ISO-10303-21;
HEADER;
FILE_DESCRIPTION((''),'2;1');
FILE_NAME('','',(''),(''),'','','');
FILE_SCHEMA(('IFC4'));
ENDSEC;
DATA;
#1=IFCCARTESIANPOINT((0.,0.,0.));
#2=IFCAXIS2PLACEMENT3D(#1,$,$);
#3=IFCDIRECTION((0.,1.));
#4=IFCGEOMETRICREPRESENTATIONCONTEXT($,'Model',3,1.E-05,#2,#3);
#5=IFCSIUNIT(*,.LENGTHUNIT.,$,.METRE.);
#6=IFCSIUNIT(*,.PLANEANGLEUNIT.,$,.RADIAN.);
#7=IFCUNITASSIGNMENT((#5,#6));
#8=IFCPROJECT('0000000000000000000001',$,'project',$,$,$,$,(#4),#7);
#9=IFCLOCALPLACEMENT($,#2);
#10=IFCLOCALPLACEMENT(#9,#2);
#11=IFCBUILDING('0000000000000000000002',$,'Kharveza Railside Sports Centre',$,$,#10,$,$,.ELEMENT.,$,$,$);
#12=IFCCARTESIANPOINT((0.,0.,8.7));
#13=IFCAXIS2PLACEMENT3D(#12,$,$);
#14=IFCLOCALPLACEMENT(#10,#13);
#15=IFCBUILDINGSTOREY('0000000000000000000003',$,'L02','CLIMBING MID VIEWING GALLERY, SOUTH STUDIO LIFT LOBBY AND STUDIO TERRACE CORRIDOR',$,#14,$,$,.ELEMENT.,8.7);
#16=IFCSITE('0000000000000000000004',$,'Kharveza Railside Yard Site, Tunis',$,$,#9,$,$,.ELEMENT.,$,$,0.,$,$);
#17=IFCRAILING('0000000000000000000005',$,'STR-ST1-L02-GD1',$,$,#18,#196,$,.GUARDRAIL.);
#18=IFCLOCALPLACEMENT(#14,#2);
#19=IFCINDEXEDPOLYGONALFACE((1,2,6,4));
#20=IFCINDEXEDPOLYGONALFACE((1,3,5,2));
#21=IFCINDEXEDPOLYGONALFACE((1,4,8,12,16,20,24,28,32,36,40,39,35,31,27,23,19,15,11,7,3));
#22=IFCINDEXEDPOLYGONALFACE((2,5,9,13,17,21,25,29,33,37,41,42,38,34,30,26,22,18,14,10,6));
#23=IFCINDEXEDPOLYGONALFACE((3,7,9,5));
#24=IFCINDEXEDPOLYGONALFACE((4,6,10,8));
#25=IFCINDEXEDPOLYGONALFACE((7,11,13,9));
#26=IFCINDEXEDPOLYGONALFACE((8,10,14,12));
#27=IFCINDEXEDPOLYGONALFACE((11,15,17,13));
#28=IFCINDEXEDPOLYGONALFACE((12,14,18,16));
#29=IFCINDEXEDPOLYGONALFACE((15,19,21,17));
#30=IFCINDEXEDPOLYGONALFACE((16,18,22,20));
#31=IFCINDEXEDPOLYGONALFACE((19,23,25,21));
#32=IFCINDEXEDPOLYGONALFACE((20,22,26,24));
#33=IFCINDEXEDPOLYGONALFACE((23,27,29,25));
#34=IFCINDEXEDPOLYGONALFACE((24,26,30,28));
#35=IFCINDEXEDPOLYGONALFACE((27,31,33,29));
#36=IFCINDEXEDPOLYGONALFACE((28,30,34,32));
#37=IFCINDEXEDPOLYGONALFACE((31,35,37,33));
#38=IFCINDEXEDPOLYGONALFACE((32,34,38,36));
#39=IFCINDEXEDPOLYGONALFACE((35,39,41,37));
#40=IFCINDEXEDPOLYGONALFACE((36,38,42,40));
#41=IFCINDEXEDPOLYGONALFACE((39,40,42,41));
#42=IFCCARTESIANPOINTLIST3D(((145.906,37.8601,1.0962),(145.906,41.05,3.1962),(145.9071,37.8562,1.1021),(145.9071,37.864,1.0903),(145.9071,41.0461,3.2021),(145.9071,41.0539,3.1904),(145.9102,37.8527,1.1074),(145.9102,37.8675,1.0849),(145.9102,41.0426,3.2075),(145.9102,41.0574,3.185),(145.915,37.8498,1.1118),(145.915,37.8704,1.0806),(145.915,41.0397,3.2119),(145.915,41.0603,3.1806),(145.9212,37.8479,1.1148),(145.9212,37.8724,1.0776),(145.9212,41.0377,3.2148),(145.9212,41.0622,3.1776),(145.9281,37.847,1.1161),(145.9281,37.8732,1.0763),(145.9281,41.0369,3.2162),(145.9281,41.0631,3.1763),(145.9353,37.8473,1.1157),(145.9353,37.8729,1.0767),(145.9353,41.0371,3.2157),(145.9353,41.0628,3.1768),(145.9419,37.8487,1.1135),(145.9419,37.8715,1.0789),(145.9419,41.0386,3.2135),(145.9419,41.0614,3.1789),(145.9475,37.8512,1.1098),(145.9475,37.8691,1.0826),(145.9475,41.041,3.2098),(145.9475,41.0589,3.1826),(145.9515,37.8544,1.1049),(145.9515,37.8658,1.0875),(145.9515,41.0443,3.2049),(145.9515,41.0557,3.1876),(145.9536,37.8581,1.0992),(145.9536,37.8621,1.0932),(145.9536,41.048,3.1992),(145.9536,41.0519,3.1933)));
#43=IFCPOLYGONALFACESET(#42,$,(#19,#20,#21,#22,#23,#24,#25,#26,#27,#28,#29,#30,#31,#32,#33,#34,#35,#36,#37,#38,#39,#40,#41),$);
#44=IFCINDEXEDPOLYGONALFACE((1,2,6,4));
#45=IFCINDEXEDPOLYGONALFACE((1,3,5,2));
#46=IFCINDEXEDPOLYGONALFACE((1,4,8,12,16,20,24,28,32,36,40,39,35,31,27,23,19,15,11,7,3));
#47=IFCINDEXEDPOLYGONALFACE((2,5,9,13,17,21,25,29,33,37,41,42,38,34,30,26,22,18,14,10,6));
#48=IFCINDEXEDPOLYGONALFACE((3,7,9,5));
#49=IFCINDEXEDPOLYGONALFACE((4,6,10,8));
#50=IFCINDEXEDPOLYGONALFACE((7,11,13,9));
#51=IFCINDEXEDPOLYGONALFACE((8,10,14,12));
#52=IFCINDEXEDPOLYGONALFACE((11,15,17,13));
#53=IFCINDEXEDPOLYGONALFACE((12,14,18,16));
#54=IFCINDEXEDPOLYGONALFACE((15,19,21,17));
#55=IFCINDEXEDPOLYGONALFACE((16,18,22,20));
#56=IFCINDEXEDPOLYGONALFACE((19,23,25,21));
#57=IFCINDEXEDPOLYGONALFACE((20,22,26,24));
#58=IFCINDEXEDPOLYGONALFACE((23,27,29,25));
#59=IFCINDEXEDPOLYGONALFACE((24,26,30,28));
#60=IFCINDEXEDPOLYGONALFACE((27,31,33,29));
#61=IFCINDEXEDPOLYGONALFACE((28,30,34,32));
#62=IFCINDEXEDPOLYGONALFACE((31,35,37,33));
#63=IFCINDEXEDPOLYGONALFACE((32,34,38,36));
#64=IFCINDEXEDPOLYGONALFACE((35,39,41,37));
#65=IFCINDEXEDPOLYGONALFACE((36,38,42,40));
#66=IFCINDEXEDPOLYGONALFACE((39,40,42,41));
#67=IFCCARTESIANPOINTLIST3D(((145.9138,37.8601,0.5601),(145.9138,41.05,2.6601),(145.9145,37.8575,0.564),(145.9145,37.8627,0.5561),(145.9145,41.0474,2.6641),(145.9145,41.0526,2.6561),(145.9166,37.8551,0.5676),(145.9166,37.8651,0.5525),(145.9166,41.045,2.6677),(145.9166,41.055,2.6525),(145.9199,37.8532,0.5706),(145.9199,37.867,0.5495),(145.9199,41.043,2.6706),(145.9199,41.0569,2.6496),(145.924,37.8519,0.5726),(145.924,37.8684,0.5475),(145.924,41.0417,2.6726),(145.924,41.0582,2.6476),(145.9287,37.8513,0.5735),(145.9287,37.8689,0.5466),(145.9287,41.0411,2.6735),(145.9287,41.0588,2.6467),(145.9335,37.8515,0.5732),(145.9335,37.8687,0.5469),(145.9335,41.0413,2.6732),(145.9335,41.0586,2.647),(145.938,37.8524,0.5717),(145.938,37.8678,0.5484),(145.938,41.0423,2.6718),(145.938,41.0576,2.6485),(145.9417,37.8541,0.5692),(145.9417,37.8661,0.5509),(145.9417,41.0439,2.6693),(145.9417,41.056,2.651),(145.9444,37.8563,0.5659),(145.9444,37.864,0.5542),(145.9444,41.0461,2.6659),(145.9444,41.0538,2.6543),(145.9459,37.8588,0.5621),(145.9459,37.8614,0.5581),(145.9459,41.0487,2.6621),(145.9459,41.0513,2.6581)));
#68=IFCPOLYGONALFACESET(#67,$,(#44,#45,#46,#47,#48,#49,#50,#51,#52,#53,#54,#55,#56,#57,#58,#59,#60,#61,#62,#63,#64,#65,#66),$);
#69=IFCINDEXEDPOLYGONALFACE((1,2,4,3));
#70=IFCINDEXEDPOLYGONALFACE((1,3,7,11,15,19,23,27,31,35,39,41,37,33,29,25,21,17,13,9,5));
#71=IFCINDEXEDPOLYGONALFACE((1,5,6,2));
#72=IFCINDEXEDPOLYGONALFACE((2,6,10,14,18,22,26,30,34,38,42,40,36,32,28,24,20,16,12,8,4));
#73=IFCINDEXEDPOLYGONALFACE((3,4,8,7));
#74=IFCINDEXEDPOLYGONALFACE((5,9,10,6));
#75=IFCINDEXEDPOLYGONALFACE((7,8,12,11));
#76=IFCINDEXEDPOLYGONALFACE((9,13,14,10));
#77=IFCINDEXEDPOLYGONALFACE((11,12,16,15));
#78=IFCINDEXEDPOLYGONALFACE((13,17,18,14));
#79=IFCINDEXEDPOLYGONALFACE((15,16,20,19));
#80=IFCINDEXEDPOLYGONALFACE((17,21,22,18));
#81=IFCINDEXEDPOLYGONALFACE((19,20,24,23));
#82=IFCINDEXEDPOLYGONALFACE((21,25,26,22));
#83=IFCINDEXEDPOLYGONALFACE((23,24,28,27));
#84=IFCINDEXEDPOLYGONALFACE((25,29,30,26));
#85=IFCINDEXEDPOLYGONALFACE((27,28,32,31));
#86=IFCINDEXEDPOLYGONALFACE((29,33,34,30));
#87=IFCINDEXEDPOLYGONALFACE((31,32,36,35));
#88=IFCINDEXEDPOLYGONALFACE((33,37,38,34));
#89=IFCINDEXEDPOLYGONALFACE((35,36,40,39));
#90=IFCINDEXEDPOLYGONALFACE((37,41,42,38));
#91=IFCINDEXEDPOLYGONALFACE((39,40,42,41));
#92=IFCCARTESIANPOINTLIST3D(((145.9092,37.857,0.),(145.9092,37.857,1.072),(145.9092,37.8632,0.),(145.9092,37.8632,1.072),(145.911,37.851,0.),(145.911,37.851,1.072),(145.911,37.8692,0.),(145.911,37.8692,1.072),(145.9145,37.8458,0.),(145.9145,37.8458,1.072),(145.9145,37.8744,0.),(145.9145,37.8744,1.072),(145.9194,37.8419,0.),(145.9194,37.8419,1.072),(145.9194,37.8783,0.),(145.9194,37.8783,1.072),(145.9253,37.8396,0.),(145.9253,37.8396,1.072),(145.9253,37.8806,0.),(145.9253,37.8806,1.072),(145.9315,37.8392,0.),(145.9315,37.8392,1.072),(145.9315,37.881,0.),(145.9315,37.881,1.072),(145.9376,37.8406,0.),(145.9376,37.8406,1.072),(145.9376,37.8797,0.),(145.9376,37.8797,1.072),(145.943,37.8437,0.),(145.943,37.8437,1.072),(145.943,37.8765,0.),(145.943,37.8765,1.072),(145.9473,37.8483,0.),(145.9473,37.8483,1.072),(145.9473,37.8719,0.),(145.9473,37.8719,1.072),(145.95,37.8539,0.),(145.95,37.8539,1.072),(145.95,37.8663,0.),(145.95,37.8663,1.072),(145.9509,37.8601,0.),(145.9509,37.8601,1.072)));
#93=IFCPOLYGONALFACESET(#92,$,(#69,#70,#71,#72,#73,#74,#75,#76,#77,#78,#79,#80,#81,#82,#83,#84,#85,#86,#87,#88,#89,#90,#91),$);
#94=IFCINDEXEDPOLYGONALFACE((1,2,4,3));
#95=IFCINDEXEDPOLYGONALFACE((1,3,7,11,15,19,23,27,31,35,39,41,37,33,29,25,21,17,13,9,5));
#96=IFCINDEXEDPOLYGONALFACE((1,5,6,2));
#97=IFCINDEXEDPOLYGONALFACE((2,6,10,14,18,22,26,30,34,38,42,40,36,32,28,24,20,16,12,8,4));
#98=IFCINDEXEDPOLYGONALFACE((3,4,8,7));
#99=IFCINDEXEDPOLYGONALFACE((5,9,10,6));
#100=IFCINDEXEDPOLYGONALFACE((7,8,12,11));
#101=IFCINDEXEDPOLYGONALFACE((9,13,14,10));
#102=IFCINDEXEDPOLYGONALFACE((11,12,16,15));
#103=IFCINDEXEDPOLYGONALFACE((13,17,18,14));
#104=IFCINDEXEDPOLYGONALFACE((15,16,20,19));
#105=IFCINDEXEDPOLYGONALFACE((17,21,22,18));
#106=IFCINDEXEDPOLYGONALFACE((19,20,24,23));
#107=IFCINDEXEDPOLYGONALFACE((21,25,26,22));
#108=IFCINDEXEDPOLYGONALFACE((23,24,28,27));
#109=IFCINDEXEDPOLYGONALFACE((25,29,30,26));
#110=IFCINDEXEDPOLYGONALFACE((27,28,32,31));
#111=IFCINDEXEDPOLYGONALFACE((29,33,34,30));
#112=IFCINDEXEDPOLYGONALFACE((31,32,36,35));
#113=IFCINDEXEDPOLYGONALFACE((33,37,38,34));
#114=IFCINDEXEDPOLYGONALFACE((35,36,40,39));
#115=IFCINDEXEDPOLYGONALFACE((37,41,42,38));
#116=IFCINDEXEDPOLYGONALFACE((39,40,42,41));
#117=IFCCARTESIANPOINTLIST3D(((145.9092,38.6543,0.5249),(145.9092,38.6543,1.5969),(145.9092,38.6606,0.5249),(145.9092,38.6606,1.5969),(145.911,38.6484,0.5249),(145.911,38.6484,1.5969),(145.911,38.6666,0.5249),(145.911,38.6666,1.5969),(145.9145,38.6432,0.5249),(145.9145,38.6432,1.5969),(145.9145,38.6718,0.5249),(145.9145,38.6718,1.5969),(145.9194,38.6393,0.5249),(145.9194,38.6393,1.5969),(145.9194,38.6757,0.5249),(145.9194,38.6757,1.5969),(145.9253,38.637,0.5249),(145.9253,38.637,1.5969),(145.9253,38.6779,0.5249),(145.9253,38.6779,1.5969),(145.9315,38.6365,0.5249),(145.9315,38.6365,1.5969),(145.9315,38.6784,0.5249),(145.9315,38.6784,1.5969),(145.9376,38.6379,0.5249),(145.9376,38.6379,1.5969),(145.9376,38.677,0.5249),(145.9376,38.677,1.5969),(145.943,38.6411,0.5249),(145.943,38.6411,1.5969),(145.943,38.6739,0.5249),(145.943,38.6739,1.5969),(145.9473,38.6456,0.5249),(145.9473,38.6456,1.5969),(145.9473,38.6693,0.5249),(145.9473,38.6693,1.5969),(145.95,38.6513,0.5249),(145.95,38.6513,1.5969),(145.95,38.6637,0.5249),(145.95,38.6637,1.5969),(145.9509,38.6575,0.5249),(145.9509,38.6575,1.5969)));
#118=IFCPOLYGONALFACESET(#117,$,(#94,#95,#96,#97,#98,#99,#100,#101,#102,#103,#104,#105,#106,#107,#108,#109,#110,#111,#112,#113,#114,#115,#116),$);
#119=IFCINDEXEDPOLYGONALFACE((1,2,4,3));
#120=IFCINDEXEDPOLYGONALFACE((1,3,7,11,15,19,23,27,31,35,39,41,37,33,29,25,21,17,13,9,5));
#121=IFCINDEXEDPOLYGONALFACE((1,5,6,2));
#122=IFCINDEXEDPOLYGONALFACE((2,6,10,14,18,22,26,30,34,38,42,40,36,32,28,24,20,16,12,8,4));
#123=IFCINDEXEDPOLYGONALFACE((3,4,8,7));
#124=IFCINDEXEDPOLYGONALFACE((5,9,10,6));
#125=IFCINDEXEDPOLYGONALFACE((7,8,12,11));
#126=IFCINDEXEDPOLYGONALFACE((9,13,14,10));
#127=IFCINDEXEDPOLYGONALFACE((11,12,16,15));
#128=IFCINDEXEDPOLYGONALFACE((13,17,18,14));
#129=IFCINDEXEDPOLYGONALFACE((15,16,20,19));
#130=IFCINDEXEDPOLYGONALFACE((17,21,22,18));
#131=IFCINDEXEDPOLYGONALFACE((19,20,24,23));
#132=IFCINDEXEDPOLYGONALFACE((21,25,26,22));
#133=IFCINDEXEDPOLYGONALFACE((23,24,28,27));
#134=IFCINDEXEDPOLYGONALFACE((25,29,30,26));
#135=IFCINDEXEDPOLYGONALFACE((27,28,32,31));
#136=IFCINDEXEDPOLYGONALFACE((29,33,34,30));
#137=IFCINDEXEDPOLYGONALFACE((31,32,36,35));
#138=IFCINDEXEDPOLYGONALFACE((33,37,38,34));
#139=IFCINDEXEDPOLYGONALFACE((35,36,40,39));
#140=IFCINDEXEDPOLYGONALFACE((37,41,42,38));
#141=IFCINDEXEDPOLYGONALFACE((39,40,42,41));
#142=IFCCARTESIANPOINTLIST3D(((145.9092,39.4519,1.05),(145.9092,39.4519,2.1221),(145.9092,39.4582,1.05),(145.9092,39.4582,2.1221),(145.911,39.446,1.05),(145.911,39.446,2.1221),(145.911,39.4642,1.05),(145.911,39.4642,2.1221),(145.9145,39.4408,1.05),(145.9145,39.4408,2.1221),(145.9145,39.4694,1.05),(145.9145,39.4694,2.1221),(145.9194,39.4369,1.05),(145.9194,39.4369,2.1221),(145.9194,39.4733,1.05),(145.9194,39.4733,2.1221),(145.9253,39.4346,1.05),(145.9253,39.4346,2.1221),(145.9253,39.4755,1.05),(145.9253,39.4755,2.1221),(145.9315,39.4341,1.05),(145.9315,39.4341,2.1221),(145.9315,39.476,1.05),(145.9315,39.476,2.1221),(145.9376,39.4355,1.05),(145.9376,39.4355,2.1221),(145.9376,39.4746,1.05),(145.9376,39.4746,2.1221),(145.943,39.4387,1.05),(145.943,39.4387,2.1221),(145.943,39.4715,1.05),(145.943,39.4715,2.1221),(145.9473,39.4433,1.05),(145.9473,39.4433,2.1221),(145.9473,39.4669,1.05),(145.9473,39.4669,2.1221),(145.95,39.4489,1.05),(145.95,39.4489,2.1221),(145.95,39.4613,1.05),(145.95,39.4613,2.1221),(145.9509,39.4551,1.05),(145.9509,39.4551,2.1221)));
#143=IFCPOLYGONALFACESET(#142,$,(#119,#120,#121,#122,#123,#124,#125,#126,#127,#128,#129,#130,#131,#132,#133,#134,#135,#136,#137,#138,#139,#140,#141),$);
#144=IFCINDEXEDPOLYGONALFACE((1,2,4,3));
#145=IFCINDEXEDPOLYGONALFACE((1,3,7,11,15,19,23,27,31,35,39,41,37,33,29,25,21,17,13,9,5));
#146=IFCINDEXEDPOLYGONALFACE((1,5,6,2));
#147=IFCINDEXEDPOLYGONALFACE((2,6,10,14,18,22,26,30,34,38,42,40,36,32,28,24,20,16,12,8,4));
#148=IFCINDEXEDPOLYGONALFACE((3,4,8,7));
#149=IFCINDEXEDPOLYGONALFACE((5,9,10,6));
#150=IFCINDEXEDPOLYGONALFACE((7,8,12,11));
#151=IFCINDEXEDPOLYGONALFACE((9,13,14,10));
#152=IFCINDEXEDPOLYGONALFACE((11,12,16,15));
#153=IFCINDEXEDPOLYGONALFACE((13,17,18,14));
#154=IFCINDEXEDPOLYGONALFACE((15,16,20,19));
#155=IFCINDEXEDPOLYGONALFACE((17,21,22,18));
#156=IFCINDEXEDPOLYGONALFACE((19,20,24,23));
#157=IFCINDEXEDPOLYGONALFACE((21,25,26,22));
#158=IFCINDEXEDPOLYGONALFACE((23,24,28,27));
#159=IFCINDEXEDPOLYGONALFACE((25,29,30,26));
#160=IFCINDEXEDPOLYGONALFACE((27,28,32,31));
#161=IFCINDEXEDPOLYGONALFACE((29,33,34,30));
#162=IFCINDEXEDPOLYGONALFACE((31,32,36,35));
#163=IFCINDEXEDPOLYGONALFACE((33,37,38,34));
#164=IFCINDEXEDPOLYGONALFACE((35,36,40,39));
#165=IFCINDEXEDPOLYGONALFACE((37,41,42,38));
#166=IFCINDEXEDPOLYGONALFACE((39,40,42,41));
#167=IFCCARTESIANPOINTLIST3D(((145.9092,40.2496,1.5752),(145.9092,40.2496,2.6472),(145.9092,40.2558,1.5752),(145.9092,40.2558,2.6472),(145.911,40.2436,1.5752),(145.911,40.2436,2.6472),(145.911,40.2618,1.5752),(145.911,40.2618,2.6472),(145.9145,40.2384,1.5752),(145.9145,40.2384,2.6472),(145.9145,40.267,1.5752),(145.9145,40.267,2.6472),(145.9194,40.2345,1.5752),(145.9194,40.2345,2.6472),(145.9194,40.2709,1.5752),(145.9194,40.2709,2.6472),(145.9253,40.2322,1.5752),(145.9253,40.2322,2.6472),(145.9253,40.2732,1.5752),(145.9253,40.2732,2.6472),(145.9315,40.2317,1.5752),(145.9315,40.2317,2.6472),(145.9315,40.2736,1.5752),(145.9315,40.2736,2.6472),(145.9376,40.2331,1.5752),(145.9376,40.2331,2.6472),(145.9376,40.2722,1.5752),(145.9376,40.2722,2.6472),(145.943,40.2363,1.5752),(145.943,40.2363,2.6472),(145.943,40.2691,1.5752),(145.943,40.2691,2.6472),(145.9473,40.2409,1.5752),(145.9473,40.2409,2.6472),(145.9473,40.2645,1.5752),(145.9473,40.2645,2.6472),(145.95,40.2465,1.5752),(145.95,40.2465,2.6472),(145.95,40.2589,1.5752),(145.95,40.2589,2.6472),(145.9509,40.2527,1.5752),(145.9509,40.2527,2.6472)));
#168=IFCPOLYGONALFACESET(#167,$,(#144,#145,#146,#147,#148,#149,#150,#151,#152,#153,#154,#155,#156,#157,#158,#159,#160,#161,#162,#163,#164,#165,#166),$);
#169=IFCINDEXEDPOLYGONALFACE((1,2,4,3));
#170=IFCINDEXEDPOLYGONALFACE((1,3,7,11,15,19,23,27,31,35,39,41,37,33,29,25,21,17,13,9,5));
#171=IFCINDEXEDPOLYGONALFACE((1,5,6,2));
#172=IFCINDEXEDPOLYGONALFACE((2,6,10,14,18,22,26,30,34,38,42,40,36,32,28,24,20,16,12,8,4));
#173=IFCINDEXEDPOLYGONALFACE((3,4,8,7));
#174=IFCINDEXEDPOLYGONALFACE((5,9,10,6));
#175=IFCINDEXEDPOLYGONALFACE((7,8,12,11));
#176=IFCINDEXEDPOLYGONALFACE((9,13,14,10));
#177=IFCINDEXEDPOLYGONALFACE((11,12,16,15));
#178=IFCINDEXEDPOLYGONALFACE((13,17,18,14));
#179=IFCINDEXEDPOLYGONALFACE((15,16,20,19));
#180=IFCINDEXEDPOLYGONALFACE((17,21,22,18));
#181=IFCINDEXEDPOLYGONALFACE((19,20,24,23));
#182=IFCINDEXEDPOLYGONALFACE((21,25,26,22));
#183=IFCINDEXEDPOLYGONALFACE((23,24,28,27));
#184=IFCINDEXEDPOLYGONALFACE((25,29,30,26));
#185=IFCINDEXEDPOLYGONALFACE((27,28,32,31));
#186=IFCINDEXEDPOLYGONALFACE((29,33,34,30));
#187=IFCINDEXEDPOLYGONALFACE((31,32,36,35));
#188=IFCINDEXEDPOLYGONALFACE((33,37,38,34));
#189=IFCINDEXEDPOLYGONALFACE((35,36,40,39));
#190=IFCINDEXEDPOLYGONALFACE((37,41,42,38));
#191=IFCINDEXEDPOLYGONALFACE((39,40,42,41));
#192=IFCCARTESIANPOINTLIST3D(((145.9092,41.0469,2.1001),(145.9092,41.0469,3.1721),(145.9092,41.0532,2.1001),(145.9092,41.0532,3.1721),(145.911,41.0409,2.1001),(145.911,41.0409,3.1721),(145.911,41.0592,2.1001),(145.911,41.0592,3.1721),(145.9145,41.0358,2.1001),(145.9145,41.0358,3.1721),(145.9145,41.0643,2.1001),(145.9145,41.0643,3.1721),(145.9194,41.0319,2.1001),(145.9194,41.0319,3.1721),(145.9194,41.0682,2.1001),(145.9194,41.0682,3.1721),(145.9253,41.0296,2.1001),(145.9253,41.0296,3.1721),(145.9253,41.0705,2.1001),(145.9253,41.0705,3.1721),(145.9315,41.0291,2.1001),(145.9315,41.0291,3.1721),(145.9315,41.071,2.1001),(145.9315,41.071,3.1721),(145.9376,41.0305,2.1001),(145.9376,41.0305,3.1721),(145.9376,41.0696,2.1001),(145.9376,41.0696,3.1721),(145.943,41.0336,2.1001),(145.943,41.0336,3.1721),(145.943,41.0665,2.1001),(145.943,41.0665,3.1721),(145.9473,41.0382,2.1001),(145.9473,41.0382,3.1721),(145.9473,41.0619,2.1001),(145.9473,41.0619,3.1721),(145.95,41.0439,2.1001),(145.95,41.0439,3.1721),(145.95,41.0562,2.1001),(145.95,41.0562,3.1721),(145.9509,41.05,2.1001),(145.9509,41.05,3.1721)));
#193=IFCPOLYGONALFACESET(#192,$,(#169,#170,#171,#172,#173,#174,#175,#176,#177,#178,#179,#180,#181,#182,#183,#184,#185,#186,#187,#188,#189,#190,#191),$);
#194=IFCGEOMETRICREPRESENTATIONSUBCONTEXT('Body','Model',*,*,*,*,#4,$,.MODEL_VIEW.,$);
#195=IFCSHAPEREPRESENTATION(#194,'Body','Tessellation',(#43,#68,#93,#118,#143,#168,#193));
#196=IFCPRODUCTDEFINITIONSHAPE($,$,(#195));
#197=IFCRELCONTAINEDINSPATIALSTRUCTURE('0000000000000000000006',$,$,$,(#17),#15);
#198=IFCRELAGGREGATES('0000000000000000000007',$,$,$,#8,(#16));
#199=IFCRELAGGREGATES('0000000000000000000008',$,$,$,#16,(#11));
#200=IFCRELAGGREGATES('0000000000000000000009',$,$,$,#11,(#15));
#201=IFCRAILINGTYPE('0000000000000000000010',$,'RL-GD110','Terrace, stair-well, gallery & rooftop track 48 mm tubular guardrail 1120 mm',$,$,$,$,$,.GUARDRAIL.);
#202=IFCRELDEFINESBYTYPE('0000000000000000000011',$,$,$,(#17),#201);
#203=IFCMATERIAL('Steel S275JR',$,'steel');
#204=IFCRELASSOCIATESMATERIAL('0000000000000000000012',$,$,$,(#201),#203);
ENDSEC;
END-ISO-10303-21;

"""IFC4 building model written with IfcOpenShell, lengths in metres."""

from ifc_helpers import new_model, si_unit, direction, frame, origin, origin_2d, place, context, subcontext, project, spatial, circle, extrude, material, type_object, element, save


model = new_model("IFC4")

# Units and contexts
model_context = context("Model", 3, precision=1e-05, world=origin(), true_north=direction((0.0, 1.0)))
body_context = subcontext(model_context, "Body", "Model", "MODEL_VIEW")
ifc_project = project(units=[si_unit("LENGTHUNIT", "METRE"), si_unit("PLANEANGLEUNIT", "RADIAN")], contexts=[model_context])

# Site, building, storey
site_placement = place(None, origin())
site = spatial("IfcSite", under=ifc_project, at=site_placement, Name="Kharveza Railside Yard Site, Tunis", CompositionType="ELEMENT", RefElevation=0.0)
building_placement = place(site_placement, origin())
building = spatial("IfcBuilding", under=site, at=building_placement, Name="Kharveza Railside Sports Centre", CompositionType="ELEMENT")
storey_placement = place(building_placement, frame((0.0, 0.0, 8.7)))
storey = spatial("IfcBuildingStorey", under=building, at=storey_placement, Name="L02", Description="CLIMBING MID VIEWING GALLERY, SOUTH STUDIO LIFT LOBBY AND STUDIO TERRACE CORRIDOR", CompositionType="ELEMENT", Elevation=8.7)

# Railing
ifc_material_1 = material(Name="Steel S275JR", Category="steel")
railing_type_1 = type_object("IfcRailingType", Name="RL-GD110", Description="Terrace, stair-well, gallery & rooftop track 48 mm tubular guardrail 1120 mm", PredefinedType="GUARDRAIL", material=ifc_material_1)
railing_1_placement = place(storey_placement, frame((145.9299, 37.8601, 0.0)))
element("IfcRailing", 1, at=railing_1_placement, inside=storey, type_object=railing_type_1, Name="STR-ST1-L02-GD1", PredefinedType="GUARDRAIL", context=body_context, shape_type="SweptSolid", body=[
    extrude(circle(Radius=0.0239, at=origin_2d()), frame((0.0, 0.0, 1.0962), z_axis=(0.0, 0.835242, 0.549882), x_axis=(-1.0, 0.0, 0.0)), (0.0, 0.0, 1.0), 3.8191),
    extrude(circle(Radius=0.0161, at=origin_2d()), frame((0.0, 0.0, 0.5601), z_axis=(0.0, 0.835242, 0.549882), x_axis=(-1.0, 0.0, 0.0)), (0.0, 0.0, 1.0), 3.8191),
    extrude(circle(Radius=0.021, at=origin_2d()), origin(), (0.0, 0.0, 1.0), 1.072),
    extrude(circle(Radius=0.021, at=origin_2d()), frame((0.0, 0.7974, 0.5249)), (0.0, 0.0, 1.0), 1.072),
    extrude(circle(Radius=0.021, at=origin_2d()), frame((0.0, 1.595, 1.05)), (0.0, 0.0, 1.0), 1.072),
    extrude(circle(Radius=0.021, at=origin_2d()), frame((0.0, 2.3926, 1.5752)), (0.0, 0.0, 1.0), 1.072),
    extrude(circle(Radius=0.021, at=origin_2d()), frame((0.0, 3.1899, 2.1001)), (0.0, 0.0, 1.0), 1.072),
])

save(model, "model.ifc")
